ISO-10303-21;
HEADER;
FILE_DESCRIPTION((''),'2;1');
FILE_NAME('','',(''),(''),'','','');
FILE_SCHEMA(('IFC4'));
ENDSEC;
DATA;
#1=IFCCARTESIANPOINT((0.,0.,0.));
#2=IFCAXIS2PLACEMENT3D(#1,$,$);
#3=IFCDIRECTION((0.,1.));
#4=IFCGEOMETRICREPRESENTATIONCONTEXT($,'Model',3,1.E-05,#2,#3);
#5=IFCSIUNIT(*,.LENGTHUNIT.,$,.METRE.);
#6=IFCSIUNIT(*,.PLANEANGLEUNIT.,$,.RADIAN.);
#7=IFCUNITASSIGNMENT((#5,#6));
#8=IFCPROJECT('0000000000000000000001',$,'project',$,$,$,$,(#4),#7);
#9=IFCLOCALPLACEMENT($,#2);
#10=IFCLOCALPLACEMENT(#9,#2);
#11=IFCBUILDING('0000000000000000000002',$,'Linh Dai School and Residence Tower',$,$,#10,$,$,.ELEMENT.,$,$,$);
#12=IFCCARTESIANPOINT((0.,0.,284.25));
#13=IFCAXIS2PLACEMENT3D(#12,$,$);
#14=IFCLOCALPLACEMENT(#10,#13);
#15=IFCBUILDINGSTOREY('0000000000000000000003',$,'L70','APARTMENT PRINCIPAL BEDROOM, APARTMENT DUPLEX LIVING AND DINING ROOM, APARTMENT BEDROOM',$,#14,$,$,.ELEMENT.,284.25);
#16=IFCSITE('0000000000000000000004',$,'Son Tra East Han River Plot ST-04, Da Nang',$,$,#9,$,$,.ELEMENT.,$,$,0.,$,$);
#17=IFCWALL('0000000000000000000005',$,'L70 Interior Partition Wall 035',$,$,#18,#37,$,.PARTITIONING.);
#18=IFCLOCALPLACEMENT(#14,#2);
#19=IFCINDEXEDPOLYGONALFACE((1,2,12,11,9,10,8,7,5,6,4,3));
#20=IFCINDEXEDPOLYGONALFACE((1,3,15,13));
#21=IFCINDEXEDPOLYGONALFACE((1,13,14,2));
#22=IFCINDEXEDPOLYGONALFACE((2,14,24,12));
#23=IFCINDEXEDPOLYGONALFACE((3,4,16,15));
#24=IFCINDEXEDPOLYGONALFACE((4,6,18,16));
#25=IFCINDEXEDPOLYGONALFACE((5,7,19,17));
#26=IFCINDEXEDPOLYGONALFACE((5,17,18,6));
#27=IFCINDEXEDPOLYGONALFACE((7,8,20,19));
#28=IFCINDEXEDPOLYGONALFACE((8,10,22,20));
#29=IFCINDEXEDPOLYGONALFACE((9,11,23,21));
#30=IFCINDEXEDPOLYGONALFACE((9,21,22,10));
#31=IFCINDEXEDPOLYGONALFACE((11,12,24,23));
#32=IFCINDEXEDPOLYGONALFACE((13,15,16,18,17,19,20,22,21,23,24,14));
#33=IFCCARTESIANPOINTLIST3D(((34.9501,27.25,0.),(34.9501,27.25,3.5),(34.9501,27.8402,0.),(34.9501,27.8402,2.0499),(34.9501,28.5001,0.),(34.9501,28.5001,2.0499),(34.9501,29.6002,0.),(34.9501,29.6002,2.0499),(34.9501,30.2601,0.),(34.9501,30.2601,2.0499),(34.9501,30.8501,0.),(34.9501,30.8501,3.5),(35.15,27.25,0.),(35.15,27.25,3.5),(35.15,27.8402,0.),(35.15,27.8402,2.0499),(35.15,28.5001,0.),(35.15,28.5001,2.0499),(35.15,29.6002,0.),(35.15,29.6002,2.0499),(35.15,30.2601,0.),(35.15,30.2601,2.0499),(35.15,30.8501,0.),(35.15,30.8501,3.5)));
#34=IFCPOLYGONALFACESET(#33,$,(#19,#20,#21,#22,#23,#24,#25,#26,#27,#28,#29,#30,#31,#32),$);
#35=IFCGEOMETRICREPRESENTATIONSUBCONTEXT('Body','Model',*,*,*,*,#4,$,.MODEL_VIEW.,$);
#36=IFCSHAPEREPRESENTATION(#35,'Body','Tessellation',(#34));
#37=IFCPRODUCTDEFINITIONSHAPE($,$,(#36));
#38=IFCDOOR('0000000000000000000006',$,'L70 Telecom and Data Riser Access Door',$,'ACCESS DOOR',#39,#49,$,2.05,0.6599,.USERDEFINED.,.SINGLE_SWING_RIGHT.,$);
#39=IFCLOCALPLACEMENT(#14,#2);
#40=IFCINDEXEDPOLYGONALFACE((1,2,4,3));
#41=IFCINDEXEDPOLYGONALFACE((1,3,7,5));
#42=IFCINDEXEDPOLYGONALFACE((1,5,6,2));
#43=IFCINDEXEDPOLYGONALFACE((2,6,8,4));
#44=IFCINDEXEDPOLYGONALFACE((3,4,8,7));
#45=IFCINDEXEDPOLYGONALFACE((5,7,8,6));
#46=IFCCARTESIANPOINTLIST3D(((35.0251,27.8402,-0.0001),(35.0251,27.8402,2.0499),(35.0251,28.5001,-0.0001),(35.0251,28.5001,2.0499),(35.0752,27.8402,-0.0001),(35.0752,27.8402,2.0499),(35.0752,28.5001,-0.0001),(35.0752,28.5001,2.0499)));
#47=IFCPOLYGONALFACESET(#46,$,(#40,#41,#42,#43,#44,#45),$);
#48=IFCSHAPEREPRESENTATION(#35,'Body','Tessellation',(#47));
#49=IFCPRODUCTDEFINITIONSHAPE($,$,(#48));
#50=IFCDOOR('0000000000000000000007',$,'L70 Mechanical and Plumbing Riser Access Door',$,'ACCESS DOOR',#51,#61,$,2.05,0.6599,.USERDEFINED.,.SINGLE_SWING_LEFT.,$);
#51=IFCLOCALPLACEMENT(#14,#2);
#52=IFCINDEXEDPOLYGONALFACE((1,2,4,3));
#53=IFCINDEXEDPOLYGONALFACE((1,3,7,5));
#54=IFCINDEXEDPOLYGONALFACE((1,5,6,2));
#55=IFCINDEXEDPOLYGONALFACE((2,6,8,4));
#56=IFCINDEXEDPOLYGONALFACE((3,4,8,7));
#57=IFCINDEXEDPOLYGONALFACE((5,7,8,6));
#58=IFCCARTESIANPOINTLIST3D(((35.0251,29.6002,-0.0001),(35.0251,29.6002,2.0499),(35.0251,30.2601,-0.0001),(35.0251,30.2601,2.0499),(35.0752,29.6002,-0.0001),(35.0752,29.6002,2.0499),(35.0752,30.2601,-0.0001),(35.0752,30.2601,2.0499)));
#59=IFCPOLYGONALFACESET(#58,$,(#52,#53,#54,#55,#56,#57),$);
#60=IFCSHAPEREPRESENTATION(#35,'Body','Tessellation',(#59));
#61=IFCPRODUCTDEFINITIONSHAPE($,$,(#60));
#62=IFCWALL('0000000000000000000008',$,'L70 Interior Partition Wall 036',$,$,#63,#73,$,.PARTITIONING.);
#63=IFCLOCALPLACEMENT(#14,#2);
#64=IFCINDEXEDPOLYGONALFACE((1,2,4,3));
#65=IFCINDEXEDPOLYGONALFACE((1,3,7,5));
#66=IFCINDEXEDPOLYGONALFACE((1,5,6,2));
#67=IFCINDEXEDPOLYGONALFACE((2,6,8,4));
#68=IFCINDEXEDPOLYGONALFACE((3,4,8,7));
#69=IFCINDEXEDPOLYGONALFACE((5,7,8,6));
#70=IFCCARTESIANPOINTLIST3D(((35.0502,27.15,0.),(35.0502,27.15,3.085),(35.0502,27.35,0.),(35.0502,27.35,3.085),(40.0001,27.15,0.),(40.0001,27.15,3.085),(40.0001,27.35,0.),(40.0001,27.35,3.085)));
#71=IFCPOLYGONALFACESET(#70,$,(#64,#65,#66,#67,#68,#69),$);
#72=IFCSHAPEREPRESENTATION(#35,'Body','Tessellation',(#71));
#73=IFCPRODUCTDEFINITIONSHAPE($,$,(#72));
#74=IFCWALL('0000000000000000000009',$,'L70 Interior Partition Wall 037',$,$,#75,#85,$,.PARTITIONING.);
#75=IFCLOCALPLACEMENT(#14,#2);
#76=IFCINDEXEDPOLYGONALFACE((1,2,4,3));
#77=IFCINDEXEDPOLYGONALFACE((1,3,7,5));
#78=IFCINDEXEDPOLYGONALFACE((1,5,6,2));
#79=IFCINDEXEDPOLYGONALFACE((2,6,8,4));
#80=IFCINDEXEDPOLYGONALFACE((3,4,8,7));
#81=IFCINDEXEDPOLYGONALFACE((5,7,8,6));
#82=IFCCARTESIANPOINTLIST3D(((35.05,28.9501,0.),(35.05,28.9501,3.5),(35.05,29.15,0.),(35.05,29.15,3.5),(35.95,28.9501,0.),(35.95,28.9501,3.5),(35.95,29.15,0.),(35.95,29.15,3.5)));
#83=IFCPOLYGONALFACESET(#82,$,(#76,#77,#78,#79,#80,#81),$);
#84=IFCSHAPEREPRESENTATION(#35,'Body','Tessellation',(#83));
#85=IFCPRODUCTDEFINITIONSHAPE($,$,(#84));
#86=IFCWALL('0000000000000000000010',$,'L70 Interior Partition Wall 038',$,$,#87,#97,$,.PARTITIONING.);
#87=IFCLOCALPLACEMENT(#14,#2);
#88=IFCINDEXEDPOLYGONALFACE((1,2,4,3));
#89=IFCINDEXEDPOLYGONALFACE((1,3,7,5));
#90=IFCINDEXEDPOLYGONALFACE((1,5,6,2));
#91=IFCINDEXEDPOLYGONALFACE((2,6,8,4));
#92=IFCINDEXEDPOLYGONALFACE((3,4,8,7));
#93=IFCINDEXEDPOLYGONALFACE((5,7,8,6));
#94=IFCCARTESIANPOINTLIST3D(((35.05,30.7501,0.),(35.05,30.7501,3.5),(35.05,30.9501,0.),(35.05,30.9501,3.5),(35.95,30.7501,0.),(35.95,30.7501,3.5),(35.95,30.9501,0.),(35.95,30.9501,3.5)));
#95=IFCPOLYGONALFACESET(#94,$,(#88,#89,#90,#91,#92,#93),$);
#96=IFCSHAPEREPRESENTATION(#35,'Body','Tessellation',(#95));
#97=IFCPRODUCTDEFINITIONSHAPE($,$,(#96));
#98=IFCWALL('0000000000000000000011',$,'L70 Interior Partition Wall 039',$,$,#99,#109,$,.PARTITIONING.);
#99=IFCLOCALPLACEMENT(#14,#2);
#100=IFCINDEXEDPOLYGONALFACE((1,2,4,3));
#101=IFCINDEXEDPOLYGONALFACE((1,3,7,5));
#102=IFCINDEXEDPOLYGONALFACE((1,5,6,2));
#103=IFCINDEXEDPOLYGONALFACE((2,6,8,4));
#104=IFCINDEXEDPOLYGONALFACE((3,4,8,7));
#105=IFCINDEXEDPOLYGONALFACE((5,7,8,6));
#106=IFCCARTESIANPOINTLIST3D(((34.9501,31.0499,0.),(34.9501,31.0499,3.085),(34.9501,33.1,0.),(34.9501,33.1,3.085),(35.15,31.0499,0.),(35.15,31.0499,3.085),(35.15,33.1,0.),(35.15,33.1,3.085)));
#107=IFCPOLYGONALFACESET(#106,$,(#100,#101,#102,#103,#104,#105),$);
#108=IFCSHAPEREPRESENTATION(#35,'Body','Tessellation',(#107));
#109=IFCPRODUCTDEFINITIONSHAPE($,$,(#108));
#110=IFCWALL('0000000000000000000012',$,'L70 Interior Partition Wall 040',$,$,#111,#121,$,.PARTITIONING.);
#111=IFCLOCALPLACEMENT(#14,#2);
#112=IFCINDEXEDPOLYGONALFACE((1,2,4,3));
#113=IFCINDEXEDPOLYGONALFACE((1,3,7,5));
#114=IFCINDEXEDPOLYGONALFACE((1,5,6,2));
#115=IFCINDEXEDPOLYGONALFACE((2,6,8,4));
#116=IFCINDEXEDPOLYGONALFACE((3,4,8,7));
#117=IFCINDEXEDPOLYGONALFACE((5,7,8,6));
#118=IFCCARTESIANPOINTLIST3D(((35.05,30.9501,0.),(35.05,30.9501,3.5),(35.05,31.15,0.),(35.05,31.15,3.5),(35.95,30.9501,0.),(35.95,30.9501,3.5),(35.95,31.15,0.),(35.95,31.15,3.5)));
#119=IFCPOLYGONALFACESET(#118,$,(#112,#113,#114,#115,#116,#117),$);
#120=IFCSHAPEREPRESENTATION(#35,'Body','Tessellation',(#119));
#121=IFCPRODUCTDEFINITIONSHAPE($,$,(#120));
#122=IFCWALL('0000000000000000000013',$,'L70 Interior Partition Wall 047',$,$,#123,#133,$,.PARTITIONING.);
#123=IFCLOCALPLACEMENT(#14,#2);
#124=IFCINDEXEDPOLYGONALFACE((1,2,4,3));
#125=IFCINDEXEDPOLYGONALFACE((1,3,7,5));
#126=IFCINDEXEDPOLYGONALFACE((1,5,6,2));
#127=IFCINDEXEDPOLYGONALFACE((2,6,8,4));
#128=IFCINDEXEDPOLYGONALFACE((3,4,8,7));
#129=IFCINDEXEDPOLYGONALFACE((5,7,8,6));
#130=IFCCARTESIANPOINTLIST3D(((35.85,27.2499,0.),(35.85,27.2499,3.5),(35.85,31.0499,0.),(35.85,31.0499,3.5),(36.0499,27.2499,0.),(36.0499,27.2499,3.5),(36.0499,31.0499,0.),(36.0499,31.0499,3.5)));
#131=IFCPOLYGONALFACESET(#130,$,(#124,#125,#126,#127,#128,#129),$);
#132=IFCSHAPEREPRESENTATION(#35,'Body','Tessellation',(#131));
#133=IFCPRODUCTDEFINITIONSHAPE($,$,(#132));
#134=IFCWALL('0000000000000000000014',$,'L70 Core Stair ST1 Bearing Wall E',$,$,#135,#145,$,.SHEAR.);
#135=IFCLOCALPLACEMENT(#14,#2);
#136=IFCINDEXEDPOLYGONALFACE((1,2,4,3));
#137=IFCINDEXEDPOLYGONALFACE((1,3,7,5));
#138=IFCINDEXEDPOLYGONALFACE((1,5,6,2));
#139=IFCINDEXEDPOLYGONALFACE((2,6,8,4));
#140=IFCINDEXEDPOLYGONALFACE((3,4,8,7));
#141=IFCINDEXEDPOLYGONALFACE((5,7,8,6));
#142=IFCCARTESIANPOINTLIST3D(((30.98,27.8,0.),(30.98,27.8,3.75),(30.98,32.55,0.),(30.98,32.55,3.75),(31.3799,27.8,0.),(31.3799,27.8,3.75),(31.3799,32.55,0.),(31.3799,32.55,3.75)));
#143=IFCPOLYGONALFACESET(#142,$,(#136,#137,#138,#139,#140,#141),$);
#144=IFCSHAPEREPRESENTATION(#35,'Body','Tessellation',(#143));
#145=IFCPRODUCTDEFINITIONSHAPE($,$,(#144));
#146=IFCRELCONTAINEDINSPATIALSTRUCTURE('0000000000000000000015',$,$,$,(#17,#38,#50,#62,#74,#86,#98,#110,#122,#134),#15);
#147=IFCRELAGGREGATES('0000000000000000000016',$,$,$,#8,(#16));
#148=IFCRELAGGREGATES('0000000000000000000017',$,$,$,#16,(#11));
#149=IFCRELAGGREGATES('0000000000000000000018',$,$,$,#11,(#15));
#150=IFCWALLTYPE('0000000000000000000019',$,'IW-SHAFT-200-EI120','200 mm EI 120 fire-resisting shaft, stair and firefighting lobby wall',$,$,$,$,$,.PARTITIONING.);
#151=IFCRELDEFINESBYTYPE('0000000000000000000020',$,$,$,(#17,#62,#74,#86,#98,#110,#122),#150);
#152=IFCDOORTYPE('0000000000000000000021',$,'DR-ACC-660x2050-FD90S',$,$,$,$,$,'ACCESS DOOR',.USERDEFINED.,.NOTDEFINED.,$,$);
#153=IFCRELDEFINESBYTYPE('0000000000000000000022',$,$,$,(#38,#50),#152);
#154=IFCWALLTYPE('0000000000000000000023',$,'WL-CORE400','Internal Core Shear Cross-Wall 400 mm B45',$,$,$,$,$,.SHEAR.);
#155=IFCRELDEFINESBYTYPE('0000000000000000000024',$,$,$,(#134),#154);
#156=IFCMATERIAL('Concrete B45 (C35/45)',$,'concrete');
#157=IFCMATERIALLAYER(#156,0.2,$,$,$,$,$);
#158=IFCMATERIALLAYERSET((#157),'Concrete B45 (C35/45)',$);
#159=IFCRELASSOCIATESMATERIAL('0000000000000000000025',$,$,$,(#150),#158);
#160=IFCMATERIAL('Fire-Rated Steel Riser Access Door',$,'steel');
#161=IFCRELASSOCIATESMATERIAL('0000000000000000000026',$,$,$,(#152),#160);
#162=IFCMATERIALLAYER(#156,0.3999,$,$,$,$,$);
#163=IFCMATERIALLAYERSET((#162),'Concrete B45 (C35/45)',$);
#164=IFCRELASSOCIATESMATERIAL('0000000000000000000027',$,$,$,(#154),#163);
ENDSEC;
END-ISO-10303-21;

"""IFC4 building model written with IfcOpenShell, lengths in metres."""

from ifc_helpers import new_model, si_unit, direction, frame, frame_2d, origin, origin_2d, place, context, subcontext, project, spatial, rectangle, extrude, source, transform, mapped, material, layer, layer_set, type_object, element, fill, save


model = new_model("IFC4")

# Units and contexts
model_context = context("Model", 3, precision=1e-05, world=origin(), true_north=direction((0.0, 1.0)))
body_context = subcontext(model_context, "Body", "Model", "MODEL_VIEW")
ifc_project = project(units=[si_unit("LENGTHUNIT", "METRE"), si_unit("PLANEANGLEUNIT", "RADIAN")], contexts=[model_context])

# Site, building, storey
site_placement = place(None, origin())
site = spatial("IfcSite", under=ifc_project, at=site_placement, Name="Son Tra East Han River Plot ST-04, Da Nang", CompositionType="ELEMENT", RefElevation=0.0)
building_placement = place(site_placement, origin())
building = spatial("IfcBuilding", under=site, at=building_placement, Name="Linh Dai School and Residence Tower", CompositionType="ELEMENT")
storey_placement = place(building_placement, frame((0.0, 0.0, 284.25)))
storey = spatial("IfcBuildingStorey", under=building, at=storey_placement, Name="L70", Description="APARTMENT PRINCIPAL BEDROOM, APARTMENT DUPLEX LIVING AND DINING ROOM, APARTMENT BEDROOM", CompositionType="ELEMENT", Elevation=284.25)

# Shared definitions
ifc_material_1 = material(Name="Concrete B45 (C35/45)", Category="concrete")
ifc_layer_1 = layer(ifc_material_1, 0.2)
ifc_layer_set_1 = layer_set([ifc_layer_1], Name="Concrete B45 (C35/45)")
wall_type_1 = type_object("IfcWallType", Name="IW-SHAFT-200-EI120", Description="200 mm EI 120 fire-resisting shaft, stair and firefighting lobby wall", PredefinedType="PARTITIONING", material=ifc_layer_set_1)
ifc_material_2 = material(Name="Fire-Rated Steel Riser Access Door", Category="steel")
door_type_1 = type_object("IfcDoorType", Name="DR-ACC-660x2050-FD90S", ElementType="ACCESS DOOR", OperationType="NOTDEFINED", PredefinedType="USERDEFINED", material=ifc_material_2)
shared_shape_1 = source(origin(), body_context, "Body", "SweptSolid", [
    extrude(rectangle(XDim=0.6599, YDim=2.05, at=origin_2d()), frame((0.3301, 0.0249, 1.0249), z_axis=(0.0, -1.0, 0.0), x_axis=(1.0, 0.0, 0.0)), (0.0, 0.0, 1.0), 0.05),
])

# Wall, openings, doors
wall_1_placement = place(storey_placement, frame((35.05, 27.25, 0.0), z_axis=(0.0, 0.0, 1.0), x_axis=(0.0, 1.0, 0.0)))
wall_1 = element("IfcWall", 1, at=wall_1_placement, inside=storey, type_object=wall_type_1, Name="L70 Interior Partition Wall 035", PredefinedType="PARTITIONING", context=body_context, shape_type="SweptSolid", body=[
    extrude(rectangle(XDim=3.6001, YDim=0.2, at=frame_2d((1.8, 0.0))), origin(), (0.0, 0.0, 1.0), 3.5),
])
opening_1_placement = place(wall_1_placement, frame((0.5901, 0.0, 0.0)))
opening_1 = element("IfcOpeningElement", 2, at=opening_1_placement, cuts=wall_1, PredefinedType="OPENING", context=body_context, shape_type="SweptSolid", body=[
    extrude(rectangle(XDim=0.6599, YDim=2.05, at=origin_2d()), frame((0.3301, 0.1099, 1.0249), z_axis=(0.0, -1.0, 0.0), x_axis=(1.0, 0.0, 0.0)), (0.0, 0.0, 1.0), 0.22),
])
opening_2_placement = place(wall_1_placement, frame((2.3501, 0.0, 0.0)))
opening_2 = element("IfcOpeningElement", 3, at=opening_2_placement, cuts=wall_1, PredefinedType="OPENING", context=body_context, shape_type="SweptSolid", body=[
    extrude(rectangle(XDim=0.6599, YDim=2.05, at=origin_2d()), frame((0.3301, 0.1099, 1.0249), z_axis=(0.0, -1.0, 0.0), x_axis=(1.0, 0.0, 0.0)), (0.0, 0.0, 1.0), 0.22),
])
door_1_placement = place(opening_1_placement, origin())
door_1 = element("IfcDoor", 4, at=door_1_placement, inside=storey, type_object=door_type_1, Name="L70 Telecom and Data Riser Access Door", ObjectType="ACCESS DOOR", OperationType="SINGLE_SWING_RIGHT", OverallHeight=2.05, OverallWidth=0.6599, PredefinedType="USERDEFINED", context=body_context, shape_type="MappedRepresentation", body=[
    mapped(shared_shape_1, transform((0.0, 0.0, 0.0), x_axis=(1.0, 0.0, 0.0), y_axis=(0.0, 1.0, 0.0), z_axis=(0.0, 0.0, 1.0), scale=1.0)),
])
fill(opening_1, door_1)
door_2_placement = place(opening_2_placement, origin())
door_2 = element("IfcDoor", 5, at=door_2_placement, inside=storey, type_object=door_type_1, Name="L70 Mechanical and Plumbing Riser Access Door", ObjectType="ACCESS DOOR", OperationType="SINGLE_SWING_LEFT", OverallHeight=2.05, OverallWidth=0.6599, PredefinedType="USERDEFINED", context=body_context, shape_type="MappedRepresentation", body=[
    mapped(shared_shape_1, transform((0.0, 0.0, 0.0), x_axis=(1.0, 0.0, 0.0), y_axis=(0.0, 1.0, 0.0), z_axis=(0.0, 0.0, 1.0), scale=1.0)),
])
fill(opening_2, door_2)

# Walls
wall_2_placement = place(storey_placement, frame((35.05, 27.25, 0.0), z_axis=(0.0, 0.0, 1.0), x_axis=(1.0, 0.0, 0.0)))
element("IfcWall", 6, at=wall_2_placement, inside=storey, type_object=wall_type_1, Name="L70 Interior Partition Wall 036", PredefinedType="PARTITIONING", context=body_context, shape_type="SweptSolid", body=[
    extrude(rectangle(XDim=4.95, YDim=0.2, at=frame_2d((2.4751, 0.0))), origin(), (0.0, 0.0, 1.0), 3.085),
])
for number, where, z_axis, x_axis, name in (
    (7, (35.05, 29.05, 0.0), (0.0, 0.0, 1.0), (1.0, 0.0, 0.0), "L70 Interior Partition Wall 037"),
    (8, (35.05, 30.8501, 0.0), (0.0, 0.0, 1.0), (1.0, 0.0, 0.0), "L70 Interior Partition Wall 038"),
):
    element("IfcWall", number, at=place(storey_placement, frame(where, z_axis=z_axis, x_axis=x_axis)), inside=storey, type_object=wall_type_1, Name=name, PredefinedType="PARTITIONING", context=body_context, shape_type="SweptSolid", body=[
        extrude(rectangle(XDim=0.8999, YDim=0.2, at=frame_2d((0.45, 0.0))), origin(), (0.0, 0.0, 1.0), 3.5),
    ])
wall_3_placement = place(storey_placement, frame((35.05, 31.05, 0.0), z_axis=(0.0, 0.0, 1.0), x_axis=(0.0, 1.0, 0.0)))
element("IfcWall", 9, at=wall_3_placement, inside=storey, type_object=wall_type_1, Name="L70 Interior Partition Wall 039", PredefinedType="PARTITIONING", context=body_context, shape_type="SweptSolid", body=[
    extrude(rectangle(XDim=2.05, YDim=0.2, at=frame_2d((1.0249, 0.0))), origin(), (0.0, 0.0, 1.0), 3.085),
])
wall_4_placement = place(storey_placement, frame((35.05, 31.05, 0.0), z_axis=(0.0, 0.0, 1.0), x_axis=(1.0, 0.0, 0.0)))
element("IfcWall", 10, at=wall_4_placement, inside=storey, type_object=wall_type_1, Name="L70 Interior Partition Wall 040", PredefinedType="PARTITIONING", context=body_context, shape_type="SweptSolid", body=[
    extrude(rectangle(XDim=0.8999, YDim=0.2, at=frame_2d((0.45, 0.0))), origin(), (0.0, 0.0, 1.0), 3.5),
])
wall_5_placement = place(storey_placement, frame((35.95, 27.25, 0.0), z_axis=(0.0, 0.0, 1.0), x_axis=(0.0, 1.0, 0.0)))
element("IfcWall", 11, at=wall_5_placement, inside=storey, type_object=wall_type_1, Name="L70 Interior Partition Wall 047", PredefinedType="PARTITIONING", context=body_context, shape_type="SweptSolid", body=[
    extrude(rectangle(XDim=3.8, YDim=0.2, at=frame_2d((1.8999, 0.0))), origin(), (0.0, 0.0, 1.0), 3.5),
])
ifc_layer_2 = layer(ifc_material_1, 0.3999)
ifc_layer_set_2 = layer_set([ifc_layer_2], Name="Concrete B45 (C35/45)")
wall_type_2 = type_object("IfcWallType", Name="WL-CORE400", Description="Internal Core Shear Cross-Wall 400 mm B45", PredefinedType="SHEAR", material=ifc_layer_set_2)
wall_6_placement = place(storey_placement, frame((31.1799, 27.8, 0.0), z_axis=(0.0, 0.0, 1.0), x_axis=(0.0, 1.0, 0.0)))
element("IfcWall", 12, at=wall_6_placement, inside=storey, type_object=wall_type_2, Name="L70 Core Stair ST1 Bearing Wall E", PredefinedType="SHEAR", context=body_context, shape_type="SweptSolid", body=[
    extrude(rectangle(XDim=4.75, YDim=0.3999, at=frame_2d((2.375, 0.0))), origin(), (0.0, 0.0, 1.0), 3.75),
])

save(model, "model.ifc")
